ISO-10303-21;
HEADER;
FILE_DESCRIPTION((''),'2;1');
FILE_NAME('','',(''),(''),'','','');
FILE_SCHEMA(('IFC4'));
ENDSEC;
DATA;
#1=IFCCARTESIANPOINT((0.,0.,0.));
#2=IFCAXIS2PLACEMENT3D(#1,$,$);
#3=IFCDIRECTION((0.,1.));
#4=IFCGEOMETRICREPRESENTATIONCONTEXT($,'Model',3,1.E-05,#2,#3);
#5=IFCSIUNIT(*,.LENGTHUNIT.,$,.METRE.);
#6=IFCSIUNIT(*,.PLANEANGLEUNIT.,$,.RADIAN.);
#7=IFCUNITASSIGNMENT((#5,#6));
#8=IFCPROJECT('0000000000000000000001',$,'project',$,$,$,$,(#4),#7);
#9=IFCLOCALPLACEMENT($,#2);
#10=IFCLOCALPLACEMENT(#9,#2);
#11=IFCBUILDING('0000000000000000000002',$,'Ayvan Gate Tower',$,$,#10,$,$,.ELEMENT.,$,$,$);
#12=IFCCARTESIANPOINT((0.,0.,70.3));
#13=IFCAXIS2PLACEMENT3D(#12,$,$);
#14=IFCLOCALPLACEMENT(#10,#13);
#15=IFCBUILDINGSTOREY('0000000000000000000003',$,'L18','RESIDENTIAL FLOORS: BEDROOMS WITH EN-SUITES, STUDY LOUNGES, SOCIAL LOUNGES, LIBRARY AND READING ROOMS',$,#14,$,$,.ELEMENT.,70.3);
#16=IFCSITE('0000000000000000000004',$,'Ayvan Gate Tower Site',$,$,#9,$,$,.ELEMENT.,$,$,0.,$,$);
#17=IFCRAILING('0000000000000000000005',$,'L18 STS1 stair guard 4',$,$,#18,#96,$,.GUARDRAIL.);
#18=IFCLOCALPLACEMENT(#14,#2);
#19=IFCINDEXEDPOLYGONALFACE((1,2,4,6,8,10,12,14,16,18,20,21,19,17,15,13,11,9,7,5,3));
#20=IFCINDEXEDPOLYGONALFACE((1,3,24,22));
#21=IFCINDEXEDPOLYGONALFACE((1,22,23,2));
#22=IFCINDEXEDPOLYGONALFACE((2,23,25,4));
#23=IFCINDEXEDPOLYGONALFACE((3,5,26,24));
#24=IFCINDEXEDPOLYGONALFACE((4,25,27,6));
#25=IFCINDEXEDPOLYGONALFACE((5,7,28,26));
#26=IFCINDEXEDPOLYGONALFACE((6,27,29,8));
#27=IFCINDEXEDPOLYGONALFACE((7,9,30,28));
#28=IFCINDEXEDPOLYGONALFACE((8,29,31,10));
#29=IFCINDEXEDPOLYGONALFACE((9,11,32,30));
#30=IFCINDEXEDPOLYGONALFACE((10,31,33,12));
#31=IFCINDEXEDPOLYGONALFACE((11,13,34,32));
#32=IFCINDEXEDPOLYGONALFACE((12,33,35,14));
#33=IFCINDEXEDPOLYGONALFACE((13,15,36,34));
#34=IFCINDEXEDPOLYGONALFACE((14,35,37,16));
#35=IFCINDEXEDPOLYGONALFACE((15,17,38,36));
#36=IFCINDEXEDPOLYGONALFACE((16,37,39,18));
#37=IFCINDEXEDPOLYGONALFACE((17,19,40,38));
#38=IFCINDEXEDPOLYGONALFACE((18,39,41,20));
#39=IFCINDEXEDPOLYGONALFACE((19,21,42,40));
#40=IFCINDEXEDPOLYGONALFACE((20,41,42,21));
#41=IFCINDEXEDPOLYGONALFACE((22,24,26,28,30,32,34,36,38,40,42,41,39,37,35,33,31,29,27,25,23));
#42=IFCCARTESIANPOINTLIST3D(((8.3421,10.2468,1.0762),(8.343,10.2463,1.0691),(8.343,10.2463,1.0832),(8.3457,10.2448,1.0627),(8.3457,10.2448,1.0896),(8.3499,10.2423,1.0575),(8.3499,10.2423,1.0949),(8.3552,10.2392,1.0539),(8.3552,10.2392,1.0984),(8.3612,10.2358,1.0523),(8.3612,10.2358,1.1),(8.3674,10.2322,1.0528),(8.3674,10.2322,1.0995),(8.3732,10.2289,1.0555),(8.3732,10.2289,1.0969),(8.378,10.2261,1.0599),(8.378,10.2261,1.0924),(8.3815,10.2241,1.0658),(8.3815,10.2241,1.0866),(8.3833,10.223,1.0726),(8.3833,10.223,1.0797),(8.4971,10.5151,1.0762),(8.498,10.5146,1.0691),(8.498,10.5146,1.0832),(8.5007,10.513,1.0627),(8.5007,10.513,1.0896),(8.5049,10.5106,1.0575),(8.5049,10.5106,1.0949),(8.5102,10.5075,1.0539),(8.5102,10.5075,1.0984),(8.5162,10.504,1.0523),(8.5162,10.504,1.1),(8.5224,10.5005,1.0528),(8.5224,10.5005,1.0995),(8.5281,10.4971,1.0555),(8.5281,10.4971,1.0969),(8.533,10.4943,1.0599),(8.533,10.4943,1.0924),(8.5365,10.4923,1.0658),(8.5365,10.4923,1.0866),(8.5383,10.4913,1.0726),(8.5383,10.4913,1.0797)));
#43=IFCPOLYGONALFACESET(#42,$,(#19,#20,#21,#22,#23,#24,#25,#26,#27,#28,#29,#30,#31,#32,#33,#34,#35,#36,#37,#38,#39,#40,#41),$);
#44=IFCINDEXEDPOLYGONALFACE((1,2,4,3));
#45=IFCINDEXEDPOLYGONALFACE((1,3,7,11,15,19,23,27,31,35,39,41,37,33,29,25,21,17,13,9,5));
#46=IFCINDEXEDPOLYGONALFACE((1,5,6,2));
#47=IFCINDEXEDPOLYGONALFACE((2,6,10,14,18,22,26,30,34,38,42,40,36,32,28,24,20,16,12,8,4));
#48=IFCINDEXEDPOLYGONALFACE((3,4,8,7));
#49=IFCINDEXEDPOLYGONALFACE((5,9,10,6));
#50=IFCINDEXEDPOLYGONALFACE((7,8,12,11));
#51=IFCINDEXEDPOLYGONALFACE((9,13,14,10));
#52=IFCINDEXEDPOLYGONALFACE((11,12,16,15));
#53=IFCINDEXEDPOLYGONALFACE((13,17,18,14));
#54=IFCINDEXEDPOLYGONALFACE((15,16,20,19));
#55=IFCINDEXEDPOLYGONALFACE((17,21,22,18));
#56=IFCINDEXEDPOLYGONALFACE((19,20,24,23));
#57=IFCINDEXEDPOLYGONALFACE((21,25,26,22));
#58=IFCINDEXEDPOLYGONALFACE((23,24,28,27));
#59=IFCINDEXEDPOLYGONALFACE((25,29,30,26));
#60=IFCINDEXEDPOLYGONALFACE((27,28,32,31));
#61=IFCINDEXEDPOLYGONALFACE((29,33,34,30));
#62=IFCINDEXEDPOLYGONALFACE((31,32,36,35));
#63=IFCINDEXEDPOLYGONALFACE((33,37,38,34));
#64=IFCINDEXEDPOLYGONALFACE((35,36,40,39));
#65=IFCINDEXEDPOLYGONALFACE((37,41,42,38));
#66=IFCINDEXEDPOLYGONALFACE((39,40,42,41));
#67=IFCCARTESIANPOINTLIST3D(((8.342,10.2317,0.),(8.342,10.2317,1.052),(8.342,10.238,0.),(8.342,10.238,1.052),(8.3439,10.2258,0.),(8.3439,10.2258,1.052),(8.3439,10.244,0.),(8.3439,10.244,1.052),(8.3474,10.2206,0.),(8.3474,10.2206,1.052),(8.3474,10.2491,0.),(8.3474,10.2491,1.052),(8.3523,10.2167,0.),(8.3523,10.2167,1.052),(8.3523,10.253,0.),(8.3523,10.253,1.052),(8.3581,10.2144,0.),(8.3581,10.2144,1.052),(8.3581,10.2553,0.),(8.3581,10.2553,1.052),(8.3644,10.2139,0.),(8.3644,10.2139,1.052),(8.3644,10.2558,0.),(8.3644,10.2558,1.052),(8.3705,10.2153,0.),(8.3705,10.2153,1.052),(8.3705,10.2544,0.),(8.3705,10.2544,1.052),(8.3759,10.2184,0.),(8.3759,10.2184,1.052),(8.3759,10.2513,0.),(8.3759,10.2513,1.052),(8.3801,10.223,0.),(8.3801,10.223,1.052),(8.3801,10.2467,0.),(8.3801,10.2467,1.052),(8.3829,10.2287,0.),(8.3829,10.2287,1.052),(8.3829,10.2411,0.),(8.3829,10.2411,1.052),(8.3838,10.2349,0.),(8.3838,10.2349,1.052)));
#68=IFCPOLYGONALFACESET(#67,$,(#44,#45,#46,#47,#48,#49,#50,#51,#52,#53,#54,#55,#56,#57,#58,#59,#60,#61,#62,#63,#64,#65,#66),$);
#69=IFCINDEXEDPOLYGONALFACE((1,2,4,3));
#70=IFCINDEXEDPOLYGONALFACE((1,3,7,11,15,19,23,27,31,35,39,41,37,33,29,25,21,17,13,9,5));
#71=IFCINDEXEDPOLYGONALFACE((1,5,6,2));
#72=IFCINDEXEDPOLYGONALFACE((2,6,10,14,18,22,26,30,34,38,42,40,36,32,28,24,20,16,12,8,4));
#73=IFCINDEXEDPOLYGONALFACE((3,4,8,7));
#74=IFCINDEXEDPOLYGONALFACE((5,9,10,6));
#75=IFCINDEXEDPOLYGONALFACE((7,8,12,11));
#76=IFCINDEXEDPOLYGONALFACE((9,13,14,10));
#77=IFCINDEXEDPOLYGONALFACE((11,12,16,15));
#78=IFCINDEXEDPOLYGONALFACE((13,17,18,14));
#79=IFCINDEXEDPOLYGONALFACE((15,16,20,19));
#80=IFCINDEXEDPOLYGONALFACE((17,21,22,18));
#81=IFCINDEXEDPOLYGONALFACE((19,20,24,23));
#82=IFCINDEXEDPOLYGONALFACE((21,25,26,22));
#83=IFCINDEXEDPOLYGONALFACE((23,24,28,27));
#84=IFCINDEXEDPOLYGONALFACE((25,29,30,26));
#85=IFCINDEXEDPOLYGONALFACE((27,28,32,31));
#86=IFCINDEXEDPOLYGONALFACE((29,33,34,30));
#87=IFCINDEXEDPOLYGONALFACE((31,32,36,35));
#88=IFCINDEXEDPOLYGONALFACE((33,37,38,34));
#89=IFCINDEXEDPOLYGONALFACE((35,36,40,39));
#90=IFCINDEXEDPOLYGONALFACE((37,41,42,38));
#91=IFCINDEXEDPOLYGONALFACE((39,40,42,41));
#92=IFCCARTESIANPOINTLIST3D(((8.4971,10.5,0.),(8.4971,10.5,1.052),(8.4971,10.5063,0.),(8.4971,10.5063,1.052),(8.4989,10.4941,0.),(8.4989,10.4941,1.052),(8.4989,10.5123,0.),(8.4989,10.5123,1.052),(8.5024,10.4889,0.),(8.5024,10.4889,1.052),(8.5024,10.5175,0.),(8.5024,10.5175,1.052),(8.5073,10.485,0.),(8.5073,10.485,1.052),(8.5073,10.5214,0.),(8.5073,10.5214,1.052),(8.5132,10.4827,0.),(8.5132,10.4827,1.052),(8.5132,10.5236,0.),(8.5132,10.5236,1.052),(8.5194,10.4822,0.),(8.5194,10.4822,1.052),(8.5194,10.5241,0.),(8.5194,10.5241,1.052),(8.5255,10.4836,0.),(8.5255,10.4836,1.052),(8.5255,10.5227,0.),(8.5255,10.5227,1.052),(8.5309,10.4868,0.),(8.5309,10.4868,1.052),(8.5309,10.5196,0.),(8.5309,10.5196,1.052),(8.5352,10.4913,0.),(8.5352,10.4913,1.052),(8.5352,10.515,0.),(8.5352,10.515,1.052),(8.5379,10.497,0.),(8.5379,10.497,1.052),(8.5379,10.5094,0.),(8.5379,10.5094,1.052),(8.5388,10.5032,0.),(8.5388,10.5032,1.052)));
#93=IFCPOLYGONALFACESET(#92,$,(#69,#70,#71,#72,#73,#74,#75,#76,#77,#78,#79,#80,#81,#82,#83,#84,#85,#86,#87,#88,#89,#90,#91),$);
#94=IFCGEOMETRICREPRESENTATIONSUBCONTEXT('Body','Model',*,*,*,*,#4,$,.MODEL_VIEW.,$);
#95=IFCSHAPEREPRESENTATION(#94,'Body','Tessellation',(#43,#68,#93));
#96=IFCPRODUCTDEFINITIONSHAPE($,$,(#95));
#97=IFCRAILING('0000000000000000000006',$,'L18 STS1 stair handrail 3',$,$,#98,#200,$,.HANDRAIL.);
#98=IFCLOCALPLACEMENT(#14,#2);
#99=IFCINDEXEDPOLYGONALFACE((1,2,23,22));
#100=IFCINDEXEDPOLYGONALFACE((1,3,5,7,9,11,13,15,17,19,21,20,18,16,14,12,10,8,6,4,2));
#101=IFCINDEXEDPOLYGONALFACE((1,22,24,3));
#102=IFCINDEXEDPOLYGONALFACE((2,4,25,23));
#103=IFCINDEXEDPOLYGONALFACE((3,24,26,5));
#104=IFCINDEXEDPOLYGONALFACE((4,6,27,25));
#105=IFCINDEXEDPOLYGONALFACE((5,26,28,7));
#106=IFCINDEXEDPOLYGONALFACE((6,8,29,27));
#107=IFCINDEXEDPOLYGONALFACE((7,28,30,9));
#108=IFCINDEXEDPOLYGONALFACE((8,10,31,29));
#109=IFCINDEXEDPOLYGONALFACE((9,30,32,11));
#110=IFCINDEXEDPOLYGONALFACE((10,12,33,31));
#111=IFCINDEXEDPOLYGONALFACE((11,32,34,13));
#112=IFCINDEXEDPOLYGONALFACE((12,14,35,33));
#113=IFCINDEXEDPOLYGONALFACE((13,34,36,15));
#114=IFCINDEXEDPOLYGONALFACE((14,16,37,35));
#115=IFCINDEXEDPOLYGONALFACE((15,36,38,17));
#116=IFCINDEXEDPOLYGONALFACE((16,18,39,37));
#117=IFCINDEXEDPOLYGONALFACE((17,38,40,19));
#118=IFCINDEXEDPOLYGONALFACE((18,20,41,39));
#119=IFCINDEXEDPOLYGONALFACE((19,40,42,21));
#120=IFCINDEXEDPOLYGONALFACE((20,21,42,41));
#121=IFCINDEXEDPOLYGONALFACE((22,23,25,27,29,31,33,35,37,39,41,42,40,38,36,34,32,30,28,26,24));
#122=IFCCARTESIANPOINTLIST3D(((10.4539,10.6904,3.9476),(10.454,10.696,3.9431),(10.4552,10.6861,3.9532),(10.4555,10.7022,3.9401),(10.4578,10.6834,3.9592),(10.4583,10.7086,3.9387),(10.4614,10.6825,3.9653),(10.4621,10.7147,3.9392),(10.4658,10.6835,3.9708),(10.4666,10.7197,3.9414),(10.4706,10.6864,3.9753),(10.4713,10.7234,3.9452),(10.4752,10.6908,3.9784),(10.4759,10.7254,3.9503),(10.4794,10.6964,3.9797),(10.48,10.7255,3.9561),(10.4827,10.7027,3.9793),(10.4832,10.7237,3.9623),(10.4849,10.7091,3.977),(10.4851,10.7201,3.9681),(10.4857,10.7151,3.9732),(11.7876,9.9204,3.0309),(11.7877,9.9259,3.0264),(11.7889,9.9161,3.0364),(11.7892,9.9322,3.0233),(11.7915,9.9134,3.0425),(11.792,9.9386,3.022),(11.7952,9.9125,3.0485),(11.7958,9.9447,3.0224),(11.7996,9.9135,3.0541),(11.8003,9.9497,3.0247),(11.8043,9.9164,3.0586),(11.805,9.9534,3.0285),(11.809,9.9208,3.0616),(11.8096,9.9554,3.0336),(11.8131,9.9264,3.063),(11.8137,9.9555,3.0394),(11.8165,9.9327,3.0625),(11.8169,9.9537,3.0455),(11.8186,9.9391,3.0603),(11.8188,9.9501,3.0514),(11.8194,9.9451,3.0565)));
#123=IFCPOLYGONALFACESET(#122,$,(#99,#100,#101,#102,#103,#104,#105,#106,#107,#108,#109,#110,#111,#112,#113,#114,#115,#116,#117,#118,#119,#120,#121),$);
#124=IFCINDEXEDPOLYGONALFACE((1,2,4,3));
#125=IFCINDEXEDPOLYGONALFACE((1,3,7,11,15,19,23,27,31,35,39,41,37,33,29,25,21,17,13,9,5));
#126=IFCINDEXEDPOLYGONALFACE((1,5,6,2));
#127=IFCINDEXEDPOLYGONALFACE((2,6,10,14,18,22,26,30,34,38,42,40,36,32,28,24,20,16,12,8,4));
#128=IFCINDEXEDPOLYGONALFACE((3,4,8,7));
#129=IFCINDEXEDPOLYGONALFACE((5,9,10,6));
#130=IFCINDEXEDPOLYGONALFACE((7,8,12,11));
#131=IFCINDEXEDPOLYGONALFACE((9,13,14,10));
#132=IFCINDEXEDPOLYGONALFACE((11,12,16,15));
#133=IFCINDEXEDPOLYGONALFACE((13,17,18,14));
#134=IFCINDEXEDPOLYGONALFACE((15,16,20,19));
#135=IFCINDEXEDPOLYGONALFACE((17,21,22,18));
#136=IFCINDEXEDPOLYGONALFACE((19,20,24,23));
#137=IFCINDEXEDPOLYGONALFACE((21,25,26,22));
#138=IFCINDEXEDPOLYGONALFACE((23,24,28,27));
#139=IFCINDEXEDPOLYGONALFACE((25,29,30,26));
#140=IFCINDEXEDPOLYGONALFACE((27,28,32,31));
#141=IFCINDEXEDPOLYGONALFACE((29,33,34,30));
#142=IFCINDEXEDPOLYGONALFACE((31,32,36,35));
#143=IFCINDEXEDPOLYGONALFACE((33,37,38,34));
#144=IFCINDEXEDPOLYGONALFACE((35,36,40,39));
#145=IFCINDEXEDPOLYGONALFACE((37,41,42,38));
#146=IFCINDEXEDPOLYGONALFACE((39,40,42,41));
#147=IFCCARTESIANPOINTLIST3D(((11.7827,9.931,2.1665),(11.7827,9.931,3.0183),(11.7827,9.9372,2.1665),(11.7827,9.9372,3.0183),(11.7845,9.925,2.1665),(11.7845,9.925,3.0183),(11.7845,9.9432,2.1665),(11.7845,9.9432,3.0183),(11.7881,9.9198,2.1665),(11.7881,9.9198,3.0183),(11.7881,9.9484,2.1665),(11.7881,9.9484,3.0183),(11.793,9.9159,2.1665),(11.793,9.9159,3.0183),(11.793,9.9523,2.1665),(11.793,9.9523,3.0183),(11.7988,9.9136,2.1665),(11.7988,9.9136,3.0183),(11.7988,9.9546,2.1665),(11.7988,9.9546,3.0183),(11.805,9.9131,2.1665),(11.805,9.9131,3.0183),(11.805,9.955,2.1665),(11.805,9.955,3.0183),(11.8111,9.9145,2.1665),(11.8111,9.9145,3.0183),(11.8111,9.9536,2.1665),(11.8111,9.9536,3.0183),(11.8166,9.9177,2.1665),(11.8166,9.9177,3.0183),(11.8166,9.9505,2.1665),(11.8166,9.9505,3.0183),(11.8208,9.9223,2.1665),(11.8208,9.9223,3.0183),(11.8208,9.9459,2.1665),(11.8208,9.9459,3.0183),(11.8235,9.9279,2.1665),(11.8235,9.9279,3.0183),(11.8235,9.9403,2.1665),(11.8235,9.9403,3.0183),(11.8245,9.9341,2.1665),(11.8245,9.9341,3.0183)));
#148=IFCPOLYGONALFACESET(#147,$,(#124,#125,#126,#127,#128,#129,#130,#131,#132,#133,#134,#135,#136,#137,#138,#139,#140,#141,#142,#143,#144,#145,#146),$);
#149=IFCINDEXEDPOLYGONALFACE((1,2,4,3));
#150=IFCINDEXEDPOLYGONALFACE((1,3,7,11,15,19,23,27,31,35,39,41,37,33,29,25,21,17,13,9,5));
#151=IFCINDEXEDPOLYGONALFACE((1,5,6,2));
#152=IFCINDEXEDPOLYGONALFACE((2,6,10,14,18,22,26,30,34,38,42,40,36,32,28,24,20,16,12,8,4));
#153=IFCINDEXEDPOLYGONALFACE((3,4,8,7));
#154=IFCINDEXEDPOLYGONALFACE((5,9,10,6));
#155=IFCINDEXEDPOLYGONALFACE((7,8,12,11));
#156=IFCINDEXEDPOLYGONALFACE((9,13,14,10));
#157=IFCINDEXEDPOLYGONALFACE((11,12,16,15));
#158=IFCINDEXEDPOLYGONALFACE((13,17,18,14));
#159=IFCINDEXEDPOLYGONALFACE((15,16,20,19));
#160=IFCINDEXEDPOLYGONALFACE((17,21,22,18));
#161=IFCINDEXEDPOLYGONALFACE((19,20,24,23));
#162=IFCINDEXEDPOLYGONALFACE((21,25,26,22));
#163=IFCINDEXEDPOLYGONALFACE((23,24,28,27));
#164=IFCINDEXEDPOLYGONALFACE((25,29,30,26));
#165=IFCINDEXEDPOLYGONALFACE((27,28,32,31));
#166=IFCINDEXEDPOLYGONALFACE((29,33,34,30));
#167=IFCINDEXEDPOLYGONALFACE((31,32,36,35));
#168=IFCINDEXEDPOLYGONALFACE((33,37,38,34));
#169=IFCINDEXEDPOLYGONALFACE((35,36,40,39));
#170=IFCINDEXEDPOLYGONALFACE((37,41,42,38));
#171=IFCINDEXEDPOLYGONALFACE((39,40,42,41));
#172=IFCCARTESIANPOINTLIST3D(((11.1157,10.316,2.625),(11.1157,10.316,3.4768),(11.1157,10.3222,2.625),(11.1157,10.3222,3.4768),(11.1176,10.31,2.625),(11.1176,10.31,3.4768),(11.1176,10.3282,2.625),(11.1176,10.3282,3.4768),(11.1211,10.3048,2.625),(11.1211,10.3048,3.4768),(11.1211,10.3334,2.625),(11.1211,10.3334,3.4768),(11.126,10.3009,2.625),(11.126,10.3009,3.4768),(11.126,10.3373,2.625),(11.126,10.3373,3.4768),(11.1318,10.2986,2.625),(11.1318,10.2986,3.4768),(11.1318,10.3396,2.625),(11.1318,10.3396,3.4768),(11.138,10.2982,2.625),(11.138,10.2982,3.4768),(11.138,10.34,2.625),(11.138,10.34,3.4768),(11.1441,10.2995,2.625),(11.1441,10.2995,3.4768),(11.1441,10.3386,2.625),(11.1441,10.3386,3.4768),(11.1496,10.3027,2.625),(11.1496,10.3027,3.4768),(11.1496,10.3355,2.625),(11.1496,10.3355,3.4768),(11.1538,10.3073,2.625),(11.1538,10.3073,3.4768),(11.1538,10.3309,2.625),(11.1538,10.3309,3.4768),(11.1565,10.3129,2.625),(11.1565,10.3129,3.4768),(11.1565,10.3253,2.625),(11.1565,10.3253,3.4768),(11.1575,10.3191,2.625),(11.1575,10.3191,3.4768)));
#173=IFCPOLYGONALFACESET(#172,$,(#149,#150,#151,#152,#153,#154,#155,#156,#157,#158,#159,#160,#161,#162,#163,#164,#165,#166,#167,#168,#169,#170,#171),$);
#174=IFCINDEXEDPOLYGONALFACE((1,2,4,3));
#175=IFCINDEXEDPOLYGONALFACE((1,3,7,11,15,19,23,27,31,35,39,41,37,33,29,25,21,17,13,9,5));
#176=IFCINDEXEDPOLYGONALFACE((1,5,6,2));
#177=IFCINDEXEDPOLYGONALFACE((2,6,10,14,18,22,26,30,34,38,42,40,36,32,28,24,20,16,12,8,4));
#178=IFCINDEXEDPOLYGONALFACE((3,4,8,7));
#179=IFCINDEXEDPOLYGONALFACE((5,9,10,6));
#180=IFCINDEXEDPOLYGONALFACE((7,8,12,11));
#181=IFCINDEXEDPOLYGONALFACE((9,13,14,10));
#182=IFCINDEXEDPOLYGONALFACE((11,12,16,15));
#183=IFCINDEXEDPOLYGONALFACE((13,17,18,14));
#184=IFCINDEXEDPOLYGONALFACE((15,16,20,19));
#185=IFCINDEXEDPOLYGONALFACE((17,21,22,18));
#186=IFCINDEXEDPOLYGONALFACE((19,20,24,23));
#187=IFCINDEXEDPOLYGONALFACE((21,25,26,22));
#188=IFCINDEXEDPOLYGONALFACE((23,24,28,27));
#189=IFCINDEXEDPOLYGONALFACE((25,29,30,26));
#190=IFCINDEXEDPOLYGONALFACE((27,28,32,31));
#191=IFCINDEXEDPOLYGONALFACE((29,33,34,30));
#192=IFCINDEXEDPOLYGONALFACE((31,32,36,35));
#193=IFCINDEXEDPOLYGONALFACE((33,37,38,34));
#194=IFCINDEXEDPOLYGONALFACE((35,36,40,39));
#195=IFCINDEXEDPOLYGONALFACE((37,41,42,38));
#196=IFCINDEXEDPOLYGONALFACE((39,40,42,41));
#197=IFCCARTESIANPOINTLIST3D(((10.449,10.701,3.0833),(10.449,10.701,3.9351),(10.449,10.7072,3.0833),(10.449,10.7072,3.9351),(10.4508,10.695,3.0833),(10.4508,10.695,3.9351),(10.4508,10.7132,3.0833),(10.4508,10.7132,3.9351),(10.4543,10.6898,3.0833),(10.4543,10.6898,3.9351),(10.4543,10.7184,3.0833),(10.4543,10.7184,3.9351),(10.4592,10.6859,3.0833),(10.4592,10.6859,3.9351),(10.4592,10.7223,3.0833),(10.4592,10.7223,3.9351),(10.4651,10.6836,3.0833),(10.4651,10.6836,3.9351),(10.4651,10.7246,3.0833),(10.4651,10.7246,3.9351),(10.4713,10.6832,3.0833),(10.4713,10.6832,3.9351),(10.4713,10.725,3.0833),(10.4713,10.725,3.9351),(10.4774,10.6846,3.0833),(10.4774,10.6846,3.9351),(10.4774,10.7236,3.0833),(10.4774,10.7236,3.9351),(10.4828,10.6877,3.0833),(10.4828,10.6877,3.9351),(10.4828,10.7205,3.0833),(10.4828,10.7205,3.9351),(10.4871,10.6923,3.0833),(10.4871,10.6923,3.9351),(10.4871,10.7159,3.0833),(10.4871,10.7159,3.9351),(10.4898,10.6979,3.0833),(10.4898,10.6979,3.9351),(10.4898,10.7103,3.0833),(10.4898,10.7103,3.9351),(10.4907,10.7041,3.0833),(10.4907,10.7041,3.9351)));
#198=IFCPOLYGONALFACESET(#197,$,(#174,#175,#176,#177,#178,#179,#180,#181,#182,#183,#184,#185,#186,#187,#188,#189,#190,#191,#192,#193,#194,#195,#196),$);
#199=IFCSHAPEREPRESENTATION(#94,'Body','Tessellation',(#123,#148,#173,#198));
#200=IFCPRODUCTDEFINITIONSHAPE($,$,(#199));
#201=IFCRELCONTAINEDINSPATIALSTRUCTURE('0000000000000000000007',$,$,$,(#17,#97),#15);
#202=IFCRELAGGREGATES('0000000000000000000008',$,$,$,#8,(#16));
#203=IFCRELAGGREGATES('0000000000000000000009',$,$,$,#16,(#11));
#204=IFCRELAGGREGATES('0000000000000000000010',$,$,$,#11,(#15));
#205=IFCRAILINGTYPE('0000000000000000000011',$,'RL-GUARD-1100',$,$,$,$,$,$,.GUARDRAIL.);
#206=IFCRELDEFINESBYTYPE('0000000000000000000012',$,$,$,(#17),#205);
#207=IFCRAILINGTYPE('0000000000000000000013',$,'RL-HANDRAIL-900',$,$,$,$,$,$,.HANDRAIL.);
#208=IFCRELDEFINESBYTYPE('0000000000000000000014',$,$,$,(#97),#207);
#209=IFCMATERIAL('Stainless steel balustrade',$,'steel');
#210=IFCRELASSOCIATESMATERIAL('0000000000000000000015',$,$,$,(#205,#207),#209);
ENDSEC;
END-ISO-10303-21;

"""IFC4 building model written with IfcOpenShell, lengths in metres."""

from ifc_helpers import new_model, si_unit, direction, frame, origin, origin_2d, place, context, subcontext, project, spatial, circle, extrude, material, type_object, element, save


model = new_model("IFC4")

# Units and contexts
model_context = context("Model", 3, precision=1e-05, world=origin(), true_north=direction((0.0, 1.0)))
body_context = subcontext(model_context, "Body", "Model", "MODEL_VIEW")
ifc_project = project(units=[si_unit("LENGTHUNIT", "METRE"), si_unit("PLANEANGLEUNIT", "RADIAN")], contexts=[model_context])

# Site, building, storey
site_placement = place(None, origin())
site = spatial("IfcSite", under=ifc_project, at=site_placement, Name="Ayvan Gate Tower Site", CompositionType="ELEMENT", RefElevation=0.0)
building_placement = place(site_placement, origin())
building = spatial("IfcBuilding", under=site, at=building_placement, Name="Ayvan Gate Tower", CompositionType="ELEMENT")
storey_placement = place(building_placement, frame((0.0, 0.0, 70.3)))
storey = spatial("IfcBuildingStorey", under=building, at=storey_placement, Name="L18", Description="RESIDENTIAL FLOORS: BEDROOMS WITH EN-SUITES, STUDY LOUNGES, SOCIAL LOUNGES, LIBRARY AND READING ROOMS", CompositionType="ELEMENT", Elevation=70.3)

# Railings
ifc_material_1 = material(Name="Stainless steel balustrade", Category="steel")
railing_type_1 = type_object("IfcRailingType", Name="RL-GUARD-1100", PredefinedType="GUARDRAIL", material=ifc_material_1)
railing_1_placement = place(storey_placement, frame((8.3628, 10.2349, 0.0)))
element("IfcRailing", 1, at=railing_1_placement, inside=storey, type_object=railing_type_1, Name="L18 STS1 stair guard 4", PredefinedType="GUARDRAIL", context=body_context, shape_type="SweptSolid", body=[
    extrude(circle(Radius=0.0239, at=origin_2d()), frame((0.0, 0.0, 1.0762), z_axis=(0.500291, 0.865857, 0.0), x_axis=(-0.865857, 0.500291, 0.0)), (0.0, 0.0, 1.0), 0.3098),
    extrude(circle(Radius=0.021, at=origin_2d()), origin(), (0.0, 0.0, 1.0), 1.052),
    extrude(circle(Radius=0.021, at=origin_2d()), frame((0.155, 0.2683, 0.0)), (0.0, 0.0, 1.0), 1.052),
])
railing_type_2 = type_object("IfcRailingType", Name="RL-HANDRAIL-900", PredefinedType="HANDRAIL", material=ifc_material_1)
for number, where, name in (
    (2, (11.8035, 9.9341, 2.1665), "L18 STS1 stair handrail 3"),
):
    element("IfcRailing", number, at=place(storey_placement, frame(where)), inside=storey, type_object=railing_type_2, Name=name, PredefinedType="HANDRAIL", context=body_context, shape_type="SweptSolid", body=[
        extrude(circle(Radius=0.0239, at=origin_2d()), frame((0.0, 0.0, 0.876), z_axis=(-0.744164, 0.429634, 0.511502), x_axis=(-0.499992, -0.86603, 0.0)), (0.0, 0.0, 1.0), 1.7922),
        extrude(circle(Radius=0.021, at=origin_2d()), origin(), (0.0, 0.0, 1.0), 0.8518),
        extrude(circle(Radius=0.021, at=origin_2d()), frame((-0.667, 0.385, 0.4585)), (0.0, 0.0, 1.0), 0.8518),
        extrude(circle(Radius=0.021, at=origin_2d()), frame((-1.3337, 0.77, 0.9167)), (0.0, 0.0, 1.0), 0.8518),
    ])

save(model, "model.ifc")
